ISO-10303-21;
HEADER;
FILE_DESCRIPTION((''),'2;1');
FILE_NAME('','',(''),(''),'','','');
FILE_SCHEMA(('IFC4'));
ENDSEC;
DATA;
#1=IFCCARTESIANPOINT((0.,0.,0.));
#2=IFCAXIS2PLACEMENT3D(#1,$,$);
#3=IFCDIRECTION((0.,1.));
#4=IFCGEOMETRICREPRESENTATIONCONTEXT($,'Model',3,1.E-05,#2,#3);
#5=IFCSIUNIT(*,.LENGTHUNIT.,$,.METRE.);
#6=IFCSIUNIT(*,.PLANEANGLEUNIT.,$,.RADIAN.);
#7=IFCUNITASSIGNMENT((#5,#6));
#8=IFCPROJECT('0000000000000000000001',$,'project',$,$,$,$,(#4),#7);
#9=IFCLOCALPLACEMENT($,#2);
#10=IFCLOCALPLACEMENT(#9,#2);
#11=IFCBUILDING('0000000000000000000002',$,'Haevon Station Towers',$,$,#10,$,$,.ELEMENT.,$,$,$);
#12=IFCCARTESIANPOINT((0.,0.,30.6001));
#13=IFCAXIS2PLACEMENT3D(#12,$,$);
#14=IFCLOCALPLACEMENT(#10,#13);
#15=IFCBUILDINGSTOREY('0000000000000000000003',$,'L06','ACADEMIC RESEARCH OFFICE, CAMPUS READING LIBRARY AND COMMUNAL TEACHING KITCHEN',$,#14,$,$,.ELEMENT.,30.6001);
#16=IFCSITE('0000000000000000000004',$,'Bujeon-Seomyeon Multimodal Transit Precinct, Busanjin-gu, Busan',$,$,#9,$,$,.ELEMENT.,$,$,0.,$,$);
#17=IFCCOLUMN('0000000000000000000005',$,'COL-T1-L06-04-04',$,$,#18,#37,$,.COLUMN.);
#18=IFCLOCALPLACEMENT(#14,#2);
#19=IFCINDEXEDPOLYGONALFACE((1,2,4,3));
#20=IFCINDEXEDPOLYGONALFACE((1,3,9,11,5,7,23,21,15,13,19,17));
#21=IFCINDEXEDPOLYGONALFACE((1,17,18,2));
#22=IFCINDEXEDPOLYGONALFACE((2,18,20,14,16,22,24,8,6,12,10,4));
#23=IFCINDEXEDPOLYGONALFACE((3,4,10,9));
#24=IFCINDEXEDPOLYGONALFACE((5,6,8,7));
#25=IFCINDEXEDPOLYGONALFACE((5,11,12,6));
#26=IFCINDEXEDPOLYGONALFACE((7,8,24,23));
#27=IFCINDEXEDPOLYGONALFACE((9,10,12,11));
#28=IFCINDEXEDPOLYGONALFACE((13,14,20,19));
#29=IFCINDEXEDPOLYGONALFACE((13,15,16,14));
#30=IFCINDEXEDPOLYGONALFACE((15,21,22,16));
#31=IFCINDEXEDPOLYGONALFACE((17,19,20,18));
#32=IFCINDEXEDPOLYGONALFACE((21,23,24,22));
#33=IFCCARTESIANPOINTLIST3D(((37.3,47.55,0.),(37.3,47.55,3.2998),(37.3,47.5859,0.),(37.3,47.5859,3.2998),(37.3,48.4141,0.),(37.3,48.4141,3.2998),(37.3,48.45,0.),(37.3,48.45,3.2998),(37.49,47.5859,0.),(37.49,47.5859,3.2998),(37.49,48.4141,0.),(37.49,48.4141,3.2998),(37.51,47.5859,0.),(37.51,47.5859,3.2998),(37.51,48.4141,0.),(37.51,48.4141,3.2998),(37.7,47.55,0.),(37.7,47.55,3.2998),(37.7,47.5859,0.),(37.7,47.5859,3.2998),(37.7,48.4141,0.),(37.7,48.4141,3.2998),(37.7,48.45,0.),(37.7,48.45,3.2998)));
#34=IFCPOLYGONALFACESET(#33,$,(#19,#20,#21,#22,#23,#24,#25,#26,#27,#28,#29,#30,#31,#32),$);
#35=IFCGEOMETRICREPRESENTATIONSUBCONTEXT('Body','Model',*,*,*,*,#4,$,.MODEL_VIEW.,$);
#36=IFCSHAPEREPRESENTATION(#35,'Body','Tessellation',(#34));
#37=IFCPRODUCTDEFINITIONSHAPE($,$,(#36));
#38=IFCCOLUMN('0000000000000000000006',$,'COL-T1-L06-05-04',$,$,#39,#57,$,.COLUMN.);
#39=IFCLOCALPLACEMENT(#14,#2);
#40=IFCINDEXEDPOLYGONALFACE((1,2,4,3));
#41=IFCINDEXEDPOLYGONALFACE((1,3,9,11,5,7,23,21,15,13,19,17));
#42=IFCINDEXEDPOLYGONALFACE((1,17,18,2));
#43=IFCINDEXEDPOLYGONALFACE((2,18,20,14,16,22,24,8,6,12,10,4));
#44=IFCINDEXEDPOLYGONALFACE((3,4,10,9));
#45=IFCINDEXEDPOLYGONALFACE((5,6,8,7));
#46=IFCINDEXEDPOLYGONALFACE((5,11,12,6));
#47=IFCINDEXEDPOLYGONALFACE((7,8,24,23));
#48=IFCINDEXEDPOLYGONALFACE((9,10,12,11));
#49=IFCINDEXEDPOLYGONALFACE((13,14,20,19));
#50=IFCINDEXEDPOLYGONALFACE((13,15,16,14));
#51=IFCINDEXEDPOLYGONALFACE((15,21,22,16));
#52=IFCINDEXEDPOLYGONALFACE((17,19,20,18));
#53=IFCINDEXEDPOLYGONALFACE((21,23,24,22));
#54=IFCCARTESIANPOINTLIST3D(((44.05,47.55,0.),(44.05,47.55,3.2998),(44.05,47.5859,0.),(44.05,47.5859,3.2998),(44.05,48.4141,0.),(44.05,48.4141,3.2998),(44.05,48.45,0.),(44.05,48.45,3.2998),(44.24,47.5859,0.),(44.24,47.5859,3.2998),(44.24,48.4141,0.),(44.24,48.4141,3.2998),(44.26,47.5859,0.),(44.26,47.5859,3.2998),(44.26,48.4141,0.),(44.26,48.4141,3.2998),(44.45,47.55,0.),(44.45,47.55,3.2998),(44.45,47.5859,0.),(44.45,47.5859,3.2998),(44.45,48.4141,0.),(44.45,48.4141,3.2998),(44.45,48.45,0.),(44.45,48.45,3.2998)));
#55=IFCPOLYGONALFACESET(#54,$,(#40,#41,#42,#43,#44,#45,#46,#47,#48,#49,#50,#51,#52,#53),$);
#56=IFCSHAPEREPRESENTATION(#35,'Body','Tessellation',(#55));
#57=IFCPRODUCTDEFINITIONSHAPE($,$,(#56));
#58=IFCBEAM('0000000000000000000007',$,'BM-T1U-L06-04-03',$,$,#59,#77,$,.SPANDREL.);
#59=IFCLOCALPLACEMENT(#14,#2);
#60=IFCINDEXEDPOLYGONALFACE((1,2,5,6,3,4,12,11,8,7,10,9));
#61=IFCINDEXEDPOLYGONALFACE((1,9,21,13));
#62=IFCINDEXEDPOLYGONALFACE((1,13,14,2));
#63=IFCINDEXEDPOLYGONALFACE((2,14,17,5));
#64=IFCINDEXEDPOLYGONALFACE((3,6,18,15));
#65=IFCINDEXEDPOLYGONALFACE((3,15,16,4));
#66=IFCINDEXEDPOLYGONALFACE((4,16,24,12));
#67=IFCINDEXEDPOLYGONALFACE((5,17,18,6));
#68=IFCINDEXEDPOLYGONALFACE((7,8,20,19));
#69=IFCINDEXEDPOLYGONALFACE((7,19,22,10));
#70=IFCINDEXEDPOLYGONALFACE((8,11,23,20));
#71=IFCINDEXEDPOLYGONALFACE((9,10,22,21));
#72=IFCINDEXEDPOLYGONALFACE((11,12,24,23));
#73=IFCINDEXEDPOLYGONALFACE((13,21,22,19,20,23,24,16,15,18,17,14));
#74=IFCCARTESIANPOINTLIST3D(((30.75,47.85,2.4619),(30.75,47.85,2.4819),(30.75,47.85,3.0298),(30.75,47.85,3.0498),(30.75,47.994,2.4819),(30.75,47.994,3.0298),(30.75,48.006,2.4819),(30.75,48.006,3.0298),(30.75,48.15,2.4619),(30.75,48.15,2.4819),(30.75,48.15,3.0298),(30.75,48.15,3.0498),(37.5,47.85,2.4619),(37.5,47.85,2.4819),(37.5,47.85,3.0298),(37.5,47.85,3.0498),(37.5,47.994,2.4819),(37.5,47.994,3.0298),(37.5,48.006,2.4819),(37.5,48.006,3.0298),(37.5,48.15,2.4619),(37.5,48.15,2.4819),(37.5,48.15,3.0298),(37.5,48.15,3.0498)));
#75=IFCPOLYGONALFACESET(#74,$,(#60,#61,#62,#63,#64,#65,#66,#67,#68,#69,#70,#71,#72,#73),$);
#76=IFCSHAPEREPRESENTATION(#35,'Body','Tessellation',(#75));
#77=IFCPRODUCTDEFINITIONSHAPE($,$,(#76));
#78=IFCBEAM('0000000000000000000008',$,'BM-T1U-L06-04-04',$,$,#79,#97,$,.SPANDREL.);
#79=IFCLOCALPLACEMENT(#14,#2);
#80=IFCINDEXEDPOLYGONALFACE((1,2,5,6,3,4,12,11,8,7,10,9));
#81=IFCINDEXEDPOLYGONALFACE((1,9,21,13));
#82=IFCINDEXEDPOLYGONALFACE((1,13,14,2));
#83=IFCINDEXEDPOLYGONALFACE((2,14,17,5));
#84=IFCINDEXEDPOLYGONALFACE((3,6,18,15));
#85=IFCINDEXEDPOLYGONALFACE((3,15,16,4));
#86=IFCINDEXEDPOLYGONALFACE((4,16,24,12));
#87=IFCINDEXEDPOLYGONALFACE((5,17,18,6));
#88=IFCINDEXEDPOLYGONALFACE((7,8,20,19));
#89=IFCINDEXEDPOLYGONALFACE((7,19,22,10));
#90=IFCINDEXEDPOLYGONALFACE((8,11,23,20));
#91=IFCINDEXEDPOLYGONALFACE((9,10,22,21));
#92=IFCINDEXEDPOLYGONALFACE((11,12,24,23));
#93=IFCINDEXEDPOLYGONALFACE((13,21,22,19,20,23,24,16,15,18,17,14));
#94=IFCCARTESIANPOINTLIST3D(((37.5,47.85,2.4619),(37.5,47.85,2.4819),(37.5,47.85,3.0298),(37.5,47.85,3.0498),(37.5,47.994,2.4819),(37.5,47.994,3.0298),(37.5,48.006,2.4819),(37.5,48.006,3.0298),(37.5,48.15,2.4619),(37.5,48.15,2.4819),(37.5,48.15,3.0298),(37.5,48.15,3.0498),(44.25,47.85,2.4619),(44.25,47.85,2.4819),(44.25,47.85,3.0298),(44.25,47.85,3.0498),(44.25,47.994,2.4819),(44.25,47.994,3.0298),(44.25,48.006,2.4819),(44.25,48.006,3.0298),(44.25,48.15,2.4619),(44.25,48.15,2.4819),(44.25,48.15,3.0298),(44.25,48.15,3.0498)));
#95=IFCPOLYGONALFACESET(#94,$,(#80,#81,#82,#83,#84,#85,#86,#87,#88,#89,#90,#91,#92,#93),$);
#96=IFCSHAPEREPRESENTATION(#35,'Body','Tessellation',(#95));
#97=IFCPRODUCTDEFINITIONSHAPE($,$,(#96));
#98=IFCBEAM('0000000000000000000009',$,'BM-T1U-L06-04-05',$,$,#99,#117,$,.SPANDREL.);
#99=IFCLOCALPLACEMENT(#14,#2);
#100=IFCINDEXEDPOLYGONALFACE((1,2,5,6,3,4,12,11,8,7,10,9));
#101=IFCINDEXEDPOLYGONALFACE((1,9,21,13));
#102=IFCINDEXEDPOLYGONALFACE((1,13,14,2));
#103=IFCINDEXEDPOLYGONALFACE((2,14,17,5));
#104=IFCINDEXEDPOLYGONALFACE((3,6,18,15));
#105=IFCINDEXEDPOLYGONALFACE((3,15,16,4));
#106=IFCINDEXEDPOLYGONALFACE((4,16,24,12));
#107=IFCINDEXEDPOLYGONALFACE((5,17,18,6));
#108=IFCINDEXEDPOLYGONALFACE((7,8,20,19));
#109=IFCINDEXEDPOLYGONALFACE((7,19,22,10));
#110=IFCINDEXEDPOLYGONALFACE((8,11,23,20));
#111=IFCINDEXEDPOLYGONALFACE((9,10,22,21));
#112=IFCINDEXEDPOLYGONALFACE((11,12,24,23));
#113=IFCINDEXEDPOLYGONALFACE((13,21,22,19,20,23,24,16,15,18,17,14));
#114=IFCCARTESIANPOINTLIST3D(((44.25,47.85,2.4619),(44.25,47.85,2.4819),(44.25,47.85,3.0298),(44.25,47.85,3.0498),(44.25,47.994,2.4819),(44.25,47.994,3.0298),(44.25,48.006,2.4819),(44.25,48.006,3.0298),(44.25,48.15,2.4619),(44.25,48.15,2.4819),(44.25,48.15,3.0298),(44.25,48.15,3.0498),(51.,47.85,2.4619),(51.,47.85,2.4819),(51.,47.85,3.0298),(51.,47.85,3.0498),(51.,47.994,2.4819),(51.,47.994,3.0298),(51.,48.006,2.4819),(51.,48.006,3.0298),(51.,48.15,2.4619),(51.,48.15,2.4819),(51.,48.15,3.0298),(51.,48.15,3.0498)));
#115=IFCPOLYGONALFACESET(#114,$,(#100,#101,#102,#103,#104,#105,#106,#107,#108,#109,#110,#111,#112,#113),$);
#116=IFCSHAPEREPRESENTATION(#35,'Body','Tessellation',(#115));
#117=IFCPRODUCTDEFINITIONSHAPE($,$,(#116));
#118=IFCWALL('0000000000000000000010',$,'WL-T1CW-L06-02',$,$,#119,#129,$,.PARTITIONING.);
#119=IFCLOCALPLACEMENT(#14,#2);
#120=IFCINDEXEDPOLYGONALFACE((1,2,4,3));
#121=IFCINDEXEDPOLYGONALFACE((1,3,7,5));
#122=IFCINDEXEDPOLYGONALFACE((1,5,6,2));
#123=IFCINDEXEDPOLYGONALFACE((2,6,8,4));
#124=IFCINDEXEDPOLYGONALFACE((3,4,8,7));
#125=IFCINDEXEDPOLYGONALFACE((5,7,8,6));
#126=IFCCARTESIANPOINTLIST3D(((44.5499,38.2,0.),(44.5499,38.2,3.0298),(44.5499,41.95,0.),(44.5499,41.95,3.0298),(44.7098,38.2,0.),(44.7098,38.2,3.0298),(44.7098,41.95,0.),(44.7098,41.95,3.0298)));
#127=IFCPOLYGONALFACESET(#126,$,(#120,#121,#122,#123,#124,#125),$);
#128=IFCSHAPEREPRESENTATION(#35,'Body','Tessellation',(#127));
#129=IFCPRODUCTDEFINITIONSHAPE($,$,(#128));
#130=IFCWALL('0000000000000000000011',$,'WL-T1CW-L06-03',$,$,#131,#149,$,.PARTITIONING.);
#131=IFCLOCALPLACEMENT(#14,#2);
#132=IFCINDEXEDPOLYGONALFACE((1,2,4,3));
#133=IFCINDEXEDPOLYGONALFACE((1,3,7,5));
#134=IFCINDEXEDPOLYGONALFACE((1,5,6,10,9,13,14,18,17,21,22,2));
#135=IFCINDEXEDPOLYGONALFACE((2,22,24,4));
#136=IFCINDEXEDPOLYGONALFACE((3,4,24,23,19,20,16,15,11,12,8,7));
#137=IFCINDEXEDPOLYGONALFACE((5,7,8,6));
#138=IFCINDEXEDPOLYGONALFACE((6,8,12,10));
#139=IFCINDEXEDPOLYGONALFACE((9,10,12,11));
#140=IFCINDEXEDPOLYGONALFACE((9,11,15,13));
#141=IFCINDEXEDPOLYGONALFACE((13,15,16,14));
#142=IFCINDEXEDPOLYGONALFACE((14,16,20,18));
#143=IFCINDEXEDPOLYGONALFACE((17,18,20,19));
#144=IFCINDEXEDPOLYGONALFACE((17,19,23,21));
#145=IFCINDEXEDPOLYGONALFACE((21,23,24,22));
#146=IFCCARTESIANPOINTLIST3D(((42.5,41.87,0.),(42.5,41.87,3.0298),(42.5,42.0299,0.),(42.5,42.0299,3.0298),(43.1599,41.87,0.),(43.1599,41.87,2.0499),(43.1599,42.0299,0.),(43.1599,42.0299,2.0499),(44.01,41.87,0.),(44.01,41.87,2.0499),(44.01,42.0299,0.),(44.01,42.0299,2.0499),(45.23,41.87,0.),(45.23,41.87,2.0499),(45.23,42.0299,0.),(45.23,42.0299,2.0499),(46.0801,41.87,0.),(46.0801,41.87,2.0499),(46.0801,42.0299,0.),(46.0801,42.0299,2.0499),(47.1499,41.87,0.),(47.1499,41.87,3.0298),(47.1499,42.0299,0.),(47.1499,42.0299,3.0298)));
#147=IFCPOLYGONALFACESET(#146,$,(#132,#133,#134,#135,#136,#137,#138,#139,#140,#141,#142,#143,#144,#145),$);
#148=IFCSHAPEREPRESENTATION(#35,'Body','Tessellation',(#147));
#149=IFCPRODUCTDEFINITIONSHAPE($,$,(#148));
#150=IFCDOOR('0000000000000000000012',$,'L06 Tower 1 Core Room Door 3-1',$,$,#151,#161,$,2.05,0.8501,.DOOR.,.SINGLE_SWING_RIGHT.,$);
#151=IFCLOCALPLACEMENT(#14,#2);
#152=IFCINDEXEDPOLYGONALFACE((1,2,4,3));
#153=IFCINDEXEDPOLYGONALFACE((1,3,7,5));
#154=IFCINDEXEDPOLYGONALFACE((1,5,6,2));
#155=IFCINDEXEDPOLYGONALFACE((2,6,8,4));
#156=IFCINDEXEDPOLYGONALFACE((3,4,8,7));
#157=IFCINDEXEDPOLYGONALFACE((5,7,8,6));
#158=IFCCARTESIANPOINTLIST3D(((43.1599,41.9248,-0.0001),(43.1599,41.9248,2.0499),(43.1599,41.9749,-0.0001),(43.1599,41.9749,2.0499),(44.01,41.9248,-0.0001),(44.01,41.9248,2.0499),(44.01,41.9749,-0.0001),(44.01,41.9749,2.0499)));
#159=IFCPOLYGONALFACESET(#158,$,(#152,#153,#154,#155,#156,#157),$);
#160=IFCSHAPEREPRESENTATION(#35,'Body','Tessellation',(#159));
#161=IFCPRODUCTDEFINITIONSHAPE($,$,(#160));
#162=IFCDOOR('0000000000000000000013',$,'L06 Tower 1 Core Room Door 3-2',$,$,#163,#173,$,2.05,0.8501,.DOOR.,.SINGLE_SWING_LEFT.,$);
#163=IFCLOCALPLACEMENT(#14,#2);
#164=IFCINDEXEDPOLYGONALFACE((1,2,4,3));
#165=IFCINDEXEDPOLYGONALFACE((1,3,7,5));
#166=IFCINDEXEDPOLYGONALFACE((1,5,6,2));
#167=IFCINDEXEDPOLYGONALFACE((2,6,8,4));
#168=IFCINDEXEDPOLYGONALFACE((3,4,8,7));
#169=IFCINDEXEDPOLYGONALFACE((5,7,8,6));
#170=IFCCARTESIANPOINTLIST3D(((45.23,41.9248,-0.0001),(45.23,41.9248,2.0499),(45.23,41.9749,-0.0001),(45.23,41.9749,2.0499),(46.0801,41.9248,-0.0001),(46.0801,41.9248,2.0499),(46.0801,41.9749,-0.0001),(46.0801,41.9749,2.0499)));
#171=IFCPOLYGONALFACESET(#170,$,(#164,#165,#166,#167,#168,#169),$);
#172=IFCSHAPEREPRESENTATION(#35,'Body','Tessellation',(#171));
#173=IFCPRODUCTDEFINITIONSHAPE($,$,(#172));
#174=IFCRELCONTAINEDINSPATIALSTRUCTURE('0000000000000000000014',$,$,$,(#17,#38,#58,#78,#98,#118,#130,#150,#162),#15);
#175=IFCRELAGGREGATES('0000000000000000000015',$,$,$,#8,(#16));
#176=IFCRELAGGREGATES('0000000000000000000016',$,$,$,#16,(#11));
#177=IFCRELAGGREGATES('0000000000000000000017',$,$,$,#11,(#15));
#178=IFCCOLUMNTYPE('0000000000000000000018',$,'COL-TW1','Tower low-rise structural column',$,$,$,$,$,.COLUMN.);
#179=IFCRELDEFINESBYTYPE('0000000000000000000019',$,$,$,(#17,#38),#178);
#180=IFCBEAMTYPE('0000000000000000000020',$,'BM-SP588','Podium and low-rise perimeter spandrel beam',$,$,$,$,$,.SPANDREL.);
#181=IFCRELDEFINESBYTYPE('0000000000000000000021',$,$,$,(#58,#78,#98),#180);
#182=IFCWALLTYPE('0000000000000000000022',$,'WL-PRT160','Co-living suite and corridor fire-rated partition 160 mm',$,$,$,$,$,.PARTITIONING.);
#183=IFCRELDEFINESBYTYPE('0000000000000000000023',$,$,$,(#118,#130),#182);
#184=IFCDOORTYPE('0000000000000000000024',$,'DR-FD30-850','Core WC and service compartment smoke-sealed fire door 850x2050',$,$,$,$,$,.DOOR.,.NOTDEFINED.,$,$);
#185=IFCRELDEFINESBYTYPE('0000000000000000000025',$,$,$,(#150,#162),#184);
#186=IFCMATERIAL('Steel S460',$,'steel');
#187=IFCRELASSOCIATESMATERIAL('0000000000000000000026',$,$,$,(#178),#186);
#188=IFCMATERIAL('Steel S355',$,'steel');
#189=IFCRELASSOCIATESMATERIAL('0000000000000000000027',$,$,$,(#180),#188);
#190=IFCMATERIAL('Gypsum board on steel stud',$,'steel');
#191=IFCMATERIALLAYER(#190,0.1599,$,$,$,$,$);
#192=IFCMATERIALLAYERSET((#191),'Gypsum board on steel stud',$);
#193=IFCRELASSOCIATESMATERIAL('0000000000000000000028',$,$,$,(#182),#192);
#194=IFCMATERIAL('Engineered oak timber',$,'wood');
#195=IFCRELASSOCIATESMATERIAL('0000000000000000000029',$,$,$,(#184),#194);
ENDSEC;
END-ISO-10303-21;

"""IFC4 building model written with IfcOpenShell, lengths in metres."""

from ifc_helpers import new_model, si_unit, direction, frame, frame_2d, origin, origin_2d, place, context, subcontext, project, spatial, rectangle, i_section, extrude, material, layer, layer_set, material_profile, profile_set, type_object, element, fill, save


model = new_model("IFC4")

# Units and contexts
model_context = context("Model", 3, precision=1e-05, world=origin(), true_north=direction((0.0, 1.0)))
body_context = subcontext(model_context, "Body", "Model", "MODEL_VIEW")
ifc_project = project(units=[si_unit("LENGTHUNIT", "METRE"), si_unit("PLANEANGLEUNIT", "RADIAN")], contexts=[model_context])

# Site, building, storey
site_placement = place(None, origin())
site = spatial("IfcSite", under=ifc_project, at=site_placement, Name="Bujeon-Seomyeon Multimodal Transit Precinct, Busanjin-gu, Busan", CompositionType="ELEMENT", RefElevation=0.0)
building_placement = place(site_placement, origin())
building = spatial("IfcBuilding", under=site, at=building_placement, Name="Haevon Station Towers", CompositionType="ELEMENT")
storey_placement = place(building_placement, frame((0.0, 0.0, 30.6001)))
storey = spatial("IfcBuildingStorey", under=building, at=storey_placement, Name="L06", Description="ACADEMIC RESEARCH OFFICE, CAMPUS READING LIBRARY AND COMMUNAL TEACHING KITCHEN", CompositionType="ELEMENT", Elevation=30.6001)

# Columns
ifc_material_1 = material(Name="Steel S460", Category="steel")
ifc_material_profile_1 = material_profile(ifc_material_1, i_section(OverallWidth=0.3999, OverallDepth=0.8999, WebThickness=0.02, FlangeThickness=0.0359, at=origin_2d()), Name="H-900x400x20x36")
ifc_profile_set_1 = profile_set([ifc_material_profile_1], Name="Steel S460")
column_type = type_object("IfcColumnType", Name="COL-TW1", Description="Tower low-rise structural column", PredefinedType="COLUMN", material=ifc_profile_set_1)
for number, where, z_axis, x_axis, name in (
    (1, (37.5, 48.0, 0.0), (0.0, 0.0, 1.0), (1.0, 0.0, 0.0), "COL-T1-L06-04-04"),
    (2, (44.25, 48.0, 0.0), (0.0, 0.0, 1.0), (1.0, 0.0, 0.0), "COL-T1-L06-05-04"),
):
    element("IfcColumn", number, at=place(storey_placement, frame(where, z_axis=z_axis, x_axis=x_axis)), inside=storey, type_object=column_type, Name=name, PredefinedType="COLUMN", context=body_context, shape_type="SweptSolid", body=[
        extrude(i_section(OverallWidth=0.3999, OverallDepth=0.8999, WebThickness=0.02, FlangeThickness=0.0359, at=origin_2d()), origin(), (0.0, 0.0, 1.0), 3.2998),
    ])

# Beams
ifc_material_2 = material(Name="Steel S355", Category="steel")
ifc_material_profile_2 = material_profile(ifc_material_2, i_section(OverallWidth=0.3, OverallDepth=0.5879, WebThickness=0.012, FlangeThickness=0.02, at=origin_2d()), Name="H-588x300x12x20")
ifc_profile_set_2 = profile_set([ifc_material_profile_2], Name="Steel S355")
beam_type = type_object("IfcBeamType", Name="BM-SP588", Description="Podium and low-rise perimeter spandrel beam", PredefinedType="SPANDREL", material=ifc_profile_set_2)
for number, where, z_axis, x_axis, name in (
    (3, (30.75, 48.0, 2.7559), (1.0, 0.0, 0.0), (0.0, 1.0, 0.0), "BM-T1U-L06-04-03"),
    (4, (37.5, 48.0, 2.7559), (1.0, 0.0, 0.0), (0.0, 1.0, 0.0), "BM-T1U-L06-04-04"),
    (5, (44.25, 48.0, 2.7559), (1.0, 0.0, 0.0), (0.0, 1.0, 0.0), "BM-T1U-L06-04-05"),
):
    element("IfcBeam", number, at=place(storey_placement, frame(where, z_axis=z_axis, x_axis=x_axis)), inside=storey, type_object=beam_type, Name=name, PredefinedType="SPANDREL", context=body_context, shape_type="SweptSolid", body=[
        extrude(i_section(OverallWidth=0.3, OverallDepth=0.5879, WebThickness=0.012, FlangeThickness=0.02, at=origin_2d()), origin(), (0.0, 0.0, 1.0), 6.75),
    ])

# Wall
ifc_material_3 = material(Name="Gypsum board on steel stud", Category="steel")
ifc_layer_1 = layer(ifc_material_3, 0.1599)
ifc_layer_set_1 = layer_set([ifc_layer_1], Name="Gypsum board on steel stud")
wall_type_1 = type_object("IfcWallType", Name="WL-PRT160", Description="Co-living suite and corridor fire-rated partition 160 mm", PredefinedType="PARTITIONING", material=ifc_layer_set_1)
wall_1_placement = place(storey_placement, frame((44.6299, 38.2, 0.0), z_axis=(0.0, 0.0, 1.0), x_axis=(0.0, 1.0, 0.0)))
element("IfcWall", 6, at=wall_1_placement, inside=storey, type_object=wall_type_1, Name="WL-T1CW-L06-02", PredefinedType="PARTITIONING", context=body_context, shape_type="SweptSolid", body=[
    extrude(rectangle(XDim=3.75, YDim=0.1599, at=frame_2d((1.875, 0.0))), origin(), (0.0, 0.0, 1.0), 3.0298),
])

# Wall, openings, doors
wall_2_placement = place(storey_placement, frame((42.5, 41.95, 0.0), z_axis=(0.0, 0.0, 1.0), x_axis=(1.0, 0.0, 0.0)))
wall_2 = element("IfcWall", 7, at=wall_2_placement, inside=storey, type_object=wall_type_1, Name="WL-T1CW-L06-03", PredefinedType="PARTITIONING", context=body_context, shape_type="SweptSolid", body=[
    extrude(rectangle(XDim=4.6499, YDim=0.1599, at=frame_2d((2.325, 0.0))), origin(), (0.0, 0.0, 1.0), 3.0298),
])
opening_1_placement = place(wall_2_placement, frame((0.6599, 0.0, 0.0)))
opening_1 = element("IfcOpeningElement", 8, at=opening_1_placement, cuts=wall_2, PredefinedType="OPENING", context=body_context, shape_type="SweptSolid", body=[
    extrude(rectangle(XDim=0.8501, YDim=2.05, at=frame_2d((0.425, 1.0249))), frame((0.0, 0.0898, 0.0), z_axis=(0.0, -1.0, 0.0), x_axis=(1.0, 0.0, 0.0)), (0.0, 0.0, 1.0), 0.1799),
])
opening_2_placement = place(wall_2_placement, frame((2.73, 0.0, 0.0)))
opening_2 = element("IfcOpeningElement", 9, at=opening_2_placement, cuts=wall_2, PredefinedType="OPENING", context=body_context, shape_type="SweptSolid", body=[
    extrude(rectangle(XDim=0.8501, YDim=2.05, at=frame_2d((0.425, 1.0249))), frame((0.0, 0.0898, 0.0), z_axis=(0.0, -1.0, 0.0), x_axis=(1.0, 0.0, 0.0)), (0.0, 0.0, 1.0), 0.1799),
])
ifc_material_4 = material(Name="Engineered oak timber", Category="wood")
door_type_1 = type_object("IfcDoorType", Name="DR-FD30-850", Description="Core WC and service compartment smoke-sealed fire door 850x2050", OperationType="NOTDEFINED", PredefinedType="DOOR", material=ifc_material_4)
door_1_placement = place(opening_1_placement, origin())
door_1 = element("IfcDoor", 10, at=door_1_placement, inside=storey, type_object=door_type_1, Name="L06 Tower 1 Core Room Door 3-1", OperationType="SINGLE_SWING_RIGHT", OverallHeight=2.05, OverallWidth=0.8501, PredefinedType="DOOR", context=body_context, shape_type="SweptSolid", body=[
    extrude(rectangle(XDim=0.8501, YDim=2.05, at=frame_2d((0.425, 1.0249))), frame((0.0, 0.0249, 0.0), z_axis=(0.0, -1.0, 0.0), x_axis=(1.0, 0.0, 0.0)), (0.0, 0.0, 1.0), 0.05),
])
fill(opening_1, door_1)
door_2_placement = place(opening_2_placement, origin())
door_2 = element("IfcDoor", 11, at=door_2_placement, inside=storey, type_object=door_type_1, Name="L06 Tower 1 Core Room Door 3-2", OperationType="SINGLE_SWING_LEFT", OverallHeight=2.05, OverallWidth=0.8501, PredefinedType="DOOR", context=body_context, shape_type="SweptSolid", body=[
    extrude(rectangle(XDim=0.8501, YDim=2.05, at=frame_2d((0.425, 1.0249))), frame((0.0, 0.0249, 0.0), z_axis=(0.0, -1.0, 0.0), x_axis=(1.0, 0.0, 0.0)), (0.0, 0.0, 1.0), 0.05),
])
fill(opening_2, door_2)

save(model, "model.ifc")
